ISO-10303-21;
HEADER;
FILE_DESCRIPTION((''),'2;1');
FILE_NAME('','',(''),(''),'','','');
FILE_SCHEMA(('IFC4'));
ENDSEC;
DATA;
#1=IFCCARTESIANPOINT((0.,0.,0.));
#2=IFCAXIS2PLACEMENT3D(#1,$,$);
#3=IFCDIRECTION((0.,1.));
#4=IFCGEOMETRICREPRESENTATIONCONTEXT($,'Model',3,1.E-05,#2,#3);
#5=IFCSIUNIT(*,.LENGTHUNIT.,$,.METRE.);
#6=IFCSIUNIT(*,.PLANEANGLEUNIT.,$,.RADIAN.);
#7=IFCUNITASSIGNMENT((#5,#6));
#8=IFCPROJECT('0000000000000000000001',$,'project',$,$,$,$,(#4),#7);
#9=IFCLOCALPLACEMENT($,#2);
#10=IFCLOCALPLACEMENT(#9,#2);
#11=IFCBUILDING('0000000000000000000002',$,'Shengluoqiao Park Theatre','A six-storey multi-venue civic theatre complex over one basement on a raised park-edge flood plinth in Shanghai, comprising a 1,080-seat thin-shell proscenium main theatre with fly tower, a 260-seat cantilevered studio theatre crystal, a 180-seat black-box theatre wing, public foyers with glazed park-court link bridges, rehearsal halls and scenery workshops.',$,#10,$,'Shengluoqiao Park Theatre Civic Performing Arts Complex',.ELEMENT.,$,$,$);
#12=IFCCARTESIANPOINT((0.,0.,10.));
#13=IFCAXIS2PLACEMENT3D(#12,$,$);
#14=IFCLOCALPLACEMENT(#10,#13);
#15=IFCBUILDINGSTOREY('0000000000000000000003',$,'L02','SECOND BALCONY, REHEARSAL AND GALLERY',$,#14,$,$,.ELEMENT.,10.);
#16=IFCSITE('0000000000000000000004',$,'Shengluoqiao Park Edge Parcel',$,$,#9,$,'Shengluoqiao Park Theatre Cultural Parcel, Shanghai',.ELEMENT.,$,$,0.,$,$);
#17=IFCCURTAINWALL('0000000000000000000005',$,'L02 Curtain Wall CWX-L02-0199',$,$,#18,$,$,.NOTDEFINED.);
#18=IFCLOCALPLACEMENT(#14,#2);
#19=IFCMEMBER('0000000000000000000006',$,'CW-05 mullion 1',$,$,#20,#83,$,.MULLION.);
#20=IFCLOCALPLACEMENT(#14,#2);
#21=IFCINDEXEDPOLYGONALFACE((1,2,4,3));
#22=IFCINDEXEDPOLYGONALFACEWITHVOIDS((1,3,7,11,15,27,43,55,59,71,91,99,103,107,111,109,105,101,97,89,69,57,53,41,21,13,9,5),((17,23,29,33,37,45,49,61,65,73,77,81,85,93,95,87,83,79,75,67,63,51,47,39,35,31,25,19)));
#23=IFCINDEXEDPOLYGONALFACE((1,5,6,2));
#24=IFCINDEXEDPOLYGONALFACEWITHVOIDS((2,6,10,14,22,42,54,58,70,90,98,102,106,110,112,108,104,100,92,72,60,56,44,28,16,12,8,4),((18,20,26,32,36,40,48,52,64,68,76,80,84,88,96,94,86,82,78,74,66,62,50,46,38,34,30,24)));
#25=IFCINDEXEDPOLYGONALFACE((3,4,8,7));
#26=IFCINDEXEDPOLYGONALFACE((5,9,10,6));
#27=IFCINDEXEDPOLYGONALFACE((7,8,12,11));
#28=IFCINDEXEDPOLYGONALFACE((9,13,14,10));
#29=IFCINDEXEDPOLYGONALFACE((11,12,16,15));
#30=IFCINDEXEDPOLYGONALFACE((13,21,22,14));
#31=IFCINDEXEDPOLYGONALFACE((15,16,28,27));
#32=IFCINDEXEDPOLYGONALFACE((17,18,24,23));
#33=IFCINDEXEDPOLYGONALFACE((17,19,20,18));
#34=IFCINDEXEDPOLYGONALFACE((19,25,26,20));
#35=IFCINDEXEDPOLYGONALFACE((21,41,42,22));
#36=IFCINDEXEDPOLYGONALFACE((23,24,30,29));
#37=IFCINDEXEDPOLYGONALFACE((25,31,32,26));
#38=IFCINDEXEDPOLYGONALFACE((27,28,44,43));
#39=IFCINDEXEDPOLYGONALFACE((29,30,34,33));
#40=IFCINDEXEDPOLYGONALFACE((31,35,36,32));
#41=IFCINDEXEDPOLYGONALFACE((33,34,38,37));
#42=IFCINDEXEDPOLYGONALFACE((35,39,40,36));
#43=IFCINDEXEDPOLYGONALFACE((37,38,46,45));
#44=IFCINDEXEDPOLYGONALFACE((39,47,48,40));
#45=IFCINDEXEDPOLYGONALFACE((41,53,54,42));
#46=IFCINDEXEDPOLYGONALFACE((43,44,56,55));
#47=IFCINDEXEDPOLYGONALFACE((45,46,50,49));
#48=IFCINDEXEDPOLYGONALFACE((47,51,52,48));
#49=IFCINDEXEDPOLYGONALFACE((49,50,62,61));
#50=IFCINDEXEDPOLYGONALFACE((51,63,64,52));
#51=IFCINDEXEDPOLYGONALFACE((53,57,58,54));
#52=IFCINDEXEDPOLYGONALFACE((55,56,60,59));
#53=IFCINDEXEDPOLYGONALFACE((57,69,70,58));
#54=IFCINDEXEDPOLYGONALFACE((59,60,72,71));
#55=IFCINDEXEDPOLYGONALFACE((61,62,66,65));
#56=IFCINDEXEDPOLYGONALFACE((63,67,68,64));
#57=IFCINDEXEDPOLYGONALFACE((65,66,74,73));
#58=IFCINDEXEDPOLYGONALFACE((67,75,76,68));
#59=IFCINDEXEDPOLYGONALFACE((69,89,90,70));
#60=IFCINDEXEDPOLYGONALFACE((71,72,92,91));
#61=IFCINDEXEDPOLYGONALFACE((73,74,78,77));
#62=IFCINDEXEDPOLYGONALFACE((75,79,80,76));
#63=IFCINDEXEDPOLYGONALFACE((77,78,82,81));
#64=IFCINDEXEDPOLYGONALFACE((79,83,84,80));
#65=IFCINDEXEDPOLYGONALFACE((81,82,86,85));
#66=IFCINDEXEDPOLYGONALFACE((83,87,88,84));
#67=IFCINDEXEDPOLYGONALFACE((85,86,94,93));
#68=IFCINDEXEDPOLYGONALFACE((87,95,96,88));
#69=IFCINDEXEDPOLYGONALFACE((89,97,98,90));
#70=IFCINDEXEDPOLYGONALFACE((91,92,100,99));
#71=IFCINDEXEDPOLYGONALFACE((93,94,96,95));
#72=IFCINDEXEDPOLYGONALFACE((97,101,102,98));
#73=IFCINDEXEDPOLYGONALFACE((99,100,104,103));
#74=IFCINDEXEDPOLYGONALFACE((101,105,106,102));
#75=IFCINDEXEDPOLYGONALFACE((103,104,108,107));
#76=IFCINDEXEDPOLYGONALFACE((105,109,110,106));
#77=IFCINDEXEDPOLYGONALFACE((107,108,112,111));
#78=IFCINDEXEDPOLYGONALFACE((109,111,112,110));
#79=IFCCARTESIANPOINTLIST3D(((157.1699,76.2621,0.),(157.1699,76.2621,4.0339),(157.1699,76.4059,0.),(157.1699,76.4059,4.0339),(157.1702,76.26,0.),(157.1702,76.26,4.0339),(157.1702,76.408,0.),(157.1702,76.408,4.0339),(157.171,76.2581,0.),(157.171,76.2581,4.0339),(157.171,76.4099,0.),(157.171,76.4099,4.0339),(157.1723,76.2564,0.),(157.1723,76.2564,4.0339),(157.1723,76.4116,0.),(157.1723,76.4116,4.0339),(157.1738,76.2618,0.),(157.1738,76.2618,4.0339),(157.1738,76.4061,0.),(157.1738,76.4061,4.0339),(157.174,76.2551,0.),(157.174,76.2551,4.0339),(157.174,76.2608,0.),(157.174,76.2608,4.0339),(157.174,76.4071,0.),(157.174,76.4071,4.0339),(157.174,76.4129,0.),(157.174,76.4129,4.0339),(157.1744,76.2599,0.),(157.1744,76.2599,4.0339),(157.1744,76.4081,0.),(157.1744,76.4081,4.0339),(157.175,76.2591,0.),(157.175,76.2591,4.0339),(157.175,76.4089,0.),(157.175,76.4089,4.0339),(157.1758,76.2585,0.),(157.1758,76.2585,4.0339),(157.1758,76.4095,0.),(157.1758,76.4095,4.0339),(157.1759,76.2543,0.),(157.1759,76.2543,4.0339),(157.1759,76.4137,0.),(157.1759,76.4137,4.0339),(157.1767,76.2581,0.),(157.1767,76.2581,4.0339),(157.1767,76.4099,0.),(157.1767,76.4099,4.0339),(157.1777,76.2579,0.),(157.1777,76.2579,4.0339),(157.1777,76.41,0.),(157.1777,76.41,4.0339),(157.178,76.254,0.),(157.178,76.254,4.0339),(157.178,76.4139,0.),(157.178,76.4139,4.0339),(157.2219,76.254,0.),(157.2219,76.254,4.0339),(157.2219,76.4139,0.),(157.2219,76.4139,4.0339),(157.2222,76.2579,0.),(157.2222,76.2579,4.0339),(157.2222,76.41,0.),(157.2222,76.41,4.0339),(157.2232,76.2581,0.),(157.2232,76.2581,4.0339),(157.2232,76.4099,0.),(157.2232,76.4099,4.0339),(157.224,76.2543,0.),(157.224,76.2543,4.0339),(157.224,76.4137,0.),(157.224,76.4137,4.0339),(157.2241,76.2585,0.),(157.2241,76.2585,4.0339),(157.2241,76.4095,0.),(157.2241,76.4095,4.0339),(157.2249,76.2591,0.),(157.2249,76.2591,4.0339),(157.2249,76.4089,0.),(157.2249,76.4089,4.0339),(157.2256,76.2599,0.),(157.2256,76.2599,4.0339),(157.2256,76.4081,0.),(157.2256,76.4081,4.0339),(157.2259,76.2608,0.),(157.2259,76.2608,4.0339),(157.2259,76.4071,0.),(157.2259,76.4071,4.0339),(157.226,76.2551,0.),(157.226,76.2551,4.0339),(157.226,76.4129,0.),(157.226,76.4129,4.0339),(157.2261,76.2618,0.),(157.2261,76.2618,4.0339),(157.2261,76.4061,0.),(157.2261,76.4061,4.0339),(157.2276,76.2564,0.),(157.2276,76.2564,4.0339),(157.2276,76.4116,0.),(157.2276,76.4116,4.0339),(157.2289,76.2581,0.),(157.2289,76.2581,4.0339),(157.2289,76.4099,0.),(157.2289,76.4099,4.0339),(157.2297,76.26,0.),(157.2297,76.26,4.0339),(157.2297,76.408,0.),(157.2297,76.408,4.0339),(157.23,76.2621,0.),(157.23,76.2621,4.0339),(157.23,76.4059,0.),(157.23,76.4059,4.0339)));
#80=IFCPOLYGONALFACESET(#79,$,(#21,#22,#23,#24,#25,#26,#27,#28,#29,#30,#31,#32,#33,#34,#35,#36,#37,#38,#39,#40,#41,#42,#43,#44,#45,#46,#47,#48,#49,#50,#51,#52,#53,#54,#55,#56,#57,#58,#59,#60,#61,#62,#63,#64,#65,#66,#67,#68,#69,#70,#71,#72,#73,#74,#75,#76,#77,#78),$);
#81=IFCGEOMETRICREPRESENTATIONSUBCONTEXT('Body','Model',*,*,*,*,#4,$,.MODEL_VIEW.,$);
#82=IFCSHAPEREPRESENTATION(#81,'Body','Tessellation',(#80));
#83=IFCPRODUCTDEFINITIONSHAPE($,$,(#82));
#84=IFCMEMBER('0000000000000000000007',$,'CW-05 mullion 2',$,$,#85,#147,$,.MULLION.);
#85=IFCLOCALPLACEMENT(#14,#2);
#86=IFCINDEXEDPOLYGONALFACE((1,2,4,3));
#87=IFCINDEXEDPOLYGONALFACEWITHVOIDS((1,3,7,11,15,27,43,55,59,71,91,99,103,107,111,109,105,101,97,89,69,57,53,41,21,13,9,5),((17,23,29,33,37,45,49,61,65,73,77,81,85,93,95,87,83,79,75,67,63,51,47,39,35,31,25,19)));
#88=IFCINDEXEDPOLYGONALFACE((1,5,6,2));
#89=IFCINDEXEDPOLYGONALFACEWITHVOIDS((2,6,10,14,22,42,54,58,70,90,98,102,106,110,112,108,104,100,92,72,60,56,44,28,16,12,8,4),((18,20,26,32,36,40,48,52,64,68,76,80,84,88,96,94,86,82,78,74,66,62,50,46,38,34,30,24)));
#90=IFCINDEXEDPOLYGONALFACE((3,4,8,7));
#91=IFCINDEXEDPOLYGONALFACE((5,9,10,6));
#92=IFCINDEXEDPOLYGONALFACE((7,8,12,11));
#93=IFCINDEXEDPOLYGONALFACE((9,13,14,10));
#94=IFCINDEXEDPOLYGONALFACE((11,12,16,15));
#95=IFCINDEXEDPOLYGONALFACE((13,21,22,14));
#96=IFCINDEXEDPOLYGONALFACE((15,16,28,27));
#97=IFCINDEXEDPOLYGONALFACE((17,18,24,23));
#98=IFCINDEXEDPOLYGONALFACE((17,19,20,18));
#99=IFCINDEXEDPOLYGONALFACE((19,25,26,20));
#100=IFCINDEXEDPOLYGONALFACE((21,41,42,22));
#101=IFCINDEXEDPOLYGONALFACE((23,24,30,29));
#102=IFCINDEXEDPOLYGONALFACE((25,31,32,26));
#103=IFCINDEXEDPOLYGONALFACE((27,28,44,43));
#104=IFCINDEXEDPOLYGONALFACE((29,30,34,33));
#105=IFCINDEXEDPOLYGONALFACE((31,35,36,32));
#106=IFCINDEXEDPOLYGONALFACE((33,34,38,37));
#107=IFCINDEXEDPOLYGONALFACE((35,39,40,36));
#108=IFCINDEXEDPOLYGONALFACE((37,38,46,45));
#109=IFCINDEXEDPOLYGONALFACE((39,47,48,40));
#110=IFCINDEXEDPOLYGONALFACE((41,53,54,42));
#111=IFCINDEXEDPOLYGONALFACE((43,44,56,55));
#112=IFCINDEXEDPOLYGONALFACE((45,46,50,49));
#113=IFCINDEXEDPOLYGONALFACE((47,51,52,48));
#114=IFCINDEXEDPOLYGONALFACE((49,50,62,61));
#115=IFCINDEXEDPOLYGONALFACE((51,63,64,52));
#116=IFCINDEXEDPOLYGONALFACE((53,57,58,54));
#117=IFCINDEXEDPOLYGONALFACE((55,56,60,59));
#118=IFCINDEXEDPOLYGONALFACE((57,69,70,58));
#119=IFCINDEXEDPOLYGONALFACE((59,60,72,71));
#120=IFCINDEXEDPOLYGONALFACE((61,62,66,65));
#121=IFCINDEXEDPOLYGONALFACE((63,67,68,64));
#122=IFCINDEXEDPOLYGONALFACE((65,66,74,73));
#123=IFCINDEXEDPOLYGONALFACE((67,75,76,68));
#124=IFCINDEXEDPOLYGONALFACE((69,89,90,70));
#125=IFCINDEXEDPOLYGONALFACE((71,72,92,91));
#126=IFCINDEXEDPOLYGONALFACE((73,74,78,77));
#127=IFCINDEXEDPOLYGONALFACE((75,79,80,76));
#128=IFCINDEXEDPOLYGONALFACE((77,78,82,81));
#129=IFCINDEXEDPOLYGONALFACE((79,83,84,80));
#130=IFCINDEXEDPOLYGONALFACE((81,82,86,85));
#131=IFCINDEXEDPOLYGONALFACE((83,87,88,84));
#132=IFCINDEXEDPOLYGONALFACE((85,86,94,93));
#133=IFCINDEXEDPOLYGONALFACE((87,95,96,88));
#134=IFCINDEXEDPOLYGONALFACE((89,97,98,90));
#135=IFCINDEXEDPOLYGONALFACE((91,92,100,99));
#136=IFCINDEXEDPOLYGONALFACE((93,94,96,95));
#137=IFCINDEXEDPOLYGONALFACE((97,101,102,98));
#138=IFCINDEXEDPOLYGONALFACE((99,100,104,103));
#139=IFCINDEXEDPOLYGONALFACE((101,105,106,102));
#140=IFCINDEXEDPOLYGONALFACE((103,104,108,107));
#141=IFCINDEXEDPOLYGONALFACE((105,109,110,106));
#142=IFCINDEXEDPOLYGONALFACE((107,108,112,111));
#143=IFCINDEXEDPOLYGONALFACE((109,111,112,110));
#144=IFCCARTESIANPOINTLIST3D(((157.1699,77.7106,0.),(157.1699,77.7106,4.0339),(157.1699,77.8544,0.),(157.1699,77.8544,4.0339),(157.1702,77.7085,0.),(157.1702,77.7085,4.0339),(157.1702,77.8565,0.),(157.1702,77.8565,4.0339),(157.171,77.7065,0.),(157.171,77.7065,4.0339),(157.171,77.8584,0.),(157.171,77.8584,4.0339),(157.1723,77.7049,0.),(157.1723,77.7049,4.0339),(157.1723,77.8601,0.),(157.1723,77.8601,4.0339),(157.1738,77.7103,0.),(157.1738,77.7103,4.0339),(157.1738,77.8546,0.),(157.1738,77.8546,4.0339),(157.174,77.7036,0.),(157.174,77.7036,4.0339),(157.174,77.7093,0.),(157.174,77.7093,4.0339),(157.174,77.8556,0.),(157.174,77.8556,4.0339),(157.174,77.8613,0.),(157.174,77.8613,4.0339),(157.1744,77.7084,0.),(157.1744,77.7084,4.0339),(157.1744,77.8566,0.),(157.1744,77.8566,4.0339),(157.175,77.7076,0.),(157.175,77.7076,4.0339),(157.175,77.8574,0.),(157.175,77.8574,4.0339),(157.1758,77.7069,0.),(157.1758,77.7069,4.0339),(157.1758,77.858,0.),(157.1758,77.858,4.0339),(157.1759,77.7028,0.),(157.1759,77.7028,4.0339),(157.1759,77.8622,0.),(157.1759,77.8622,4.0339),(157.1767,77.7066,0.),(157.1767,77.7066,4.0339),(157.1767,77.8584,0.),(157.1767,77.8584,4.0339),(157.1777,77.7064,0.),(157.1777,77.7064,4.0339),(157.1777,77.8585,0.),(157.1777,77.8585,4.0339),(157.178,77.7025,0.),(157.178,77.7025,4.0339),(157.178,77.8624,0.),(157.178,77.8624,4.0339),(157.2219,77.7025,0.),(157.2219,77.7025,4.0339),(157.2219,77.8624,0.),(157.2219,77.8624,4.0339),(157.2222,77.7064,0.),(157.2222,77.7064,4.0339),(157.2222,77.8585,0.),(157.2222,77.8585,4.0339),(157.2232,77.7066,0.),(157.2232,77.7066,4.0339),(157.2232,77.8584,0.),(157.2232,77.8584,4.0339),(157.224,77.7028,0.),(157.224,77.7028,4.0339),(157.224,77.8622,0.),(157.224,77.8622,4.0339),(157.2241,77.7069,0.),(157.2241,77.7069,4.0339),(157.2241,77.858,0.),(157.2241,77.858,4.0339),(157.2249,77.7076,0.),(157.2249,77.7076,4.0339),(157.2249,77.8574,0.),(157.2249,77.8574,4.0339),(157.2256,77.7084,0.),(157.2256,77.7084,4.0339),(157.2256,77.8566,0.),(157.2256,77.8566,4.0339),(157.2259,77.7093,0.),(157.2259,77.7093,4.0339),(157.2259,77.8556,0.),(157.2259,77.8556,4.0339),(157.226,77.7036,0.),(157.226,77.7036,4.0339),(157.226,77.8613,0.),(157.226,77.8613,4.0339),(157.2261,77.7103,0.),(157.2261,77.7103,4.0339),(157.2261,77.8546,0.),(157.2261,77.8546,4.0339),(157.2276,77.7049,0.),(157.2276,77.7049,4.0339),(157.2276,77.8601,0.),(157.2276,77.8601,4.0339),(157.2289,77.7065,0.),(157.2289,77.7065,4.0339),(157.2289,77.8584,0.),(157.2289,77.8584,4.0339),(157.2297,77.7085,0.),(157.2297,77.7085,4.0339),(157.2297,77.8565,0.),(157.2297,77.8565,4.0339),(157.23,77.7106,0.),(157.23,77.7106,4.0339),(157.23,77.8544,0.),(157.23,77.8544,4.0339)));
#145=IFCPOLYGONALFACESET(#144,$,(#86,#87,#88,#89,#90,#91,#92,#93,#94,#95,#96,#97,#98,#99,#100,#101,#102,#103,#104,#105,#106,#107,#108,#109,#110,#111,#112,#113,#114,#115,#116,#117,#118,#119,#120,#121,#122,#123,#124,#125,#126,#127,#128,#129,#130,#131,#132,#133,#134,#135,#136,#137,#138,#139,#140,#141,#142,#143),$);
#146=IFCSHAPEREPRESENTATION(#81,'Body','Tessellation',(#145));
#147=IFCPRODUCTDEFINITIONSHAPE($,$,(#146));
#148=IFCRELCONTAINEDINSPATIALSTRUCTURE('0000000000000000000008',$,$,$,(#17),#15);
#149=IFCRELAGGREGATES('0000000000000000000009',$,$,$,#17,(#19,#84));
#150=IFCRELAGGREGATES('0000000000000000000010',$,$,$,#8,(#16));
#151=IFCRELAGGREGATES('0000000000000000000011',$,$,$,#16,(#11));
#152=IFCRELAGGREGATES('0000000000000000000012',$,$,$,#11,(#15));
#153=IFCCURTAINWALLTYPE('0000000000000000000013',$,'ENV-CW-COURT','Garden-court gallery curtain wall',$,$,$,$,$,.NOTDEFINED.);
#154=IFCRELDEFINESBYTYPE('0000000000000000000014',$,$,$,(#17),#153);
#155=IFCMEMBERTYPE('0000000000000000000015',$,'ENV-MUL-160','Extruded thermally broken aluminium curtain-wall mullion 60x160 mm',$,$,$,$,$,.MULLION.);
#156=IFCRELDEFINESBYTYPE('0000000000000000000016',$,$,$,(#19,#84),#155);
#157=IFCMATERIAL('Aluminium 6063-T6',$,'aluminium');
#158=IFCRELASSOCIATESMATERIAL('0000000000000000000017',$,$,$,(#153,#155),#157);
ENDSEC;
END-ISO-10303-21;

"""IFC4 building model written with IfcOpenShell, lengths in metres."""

from ifc_helpers import new_model, si_unit, direction, frame, origin, origin_2d, place, context, subcontext, project, spatial, hollow_rectangle, extrude, material, material_profile, profile_set, type_object, element, aggregate, save


model = new_model("IFC4")

# Units and contexts
model_context = context("Model", 3, precision=1e-05, world=origin(), true_north=direction((0.0, 1.0)))
body_context = subcontext(model_context, "Body", "Model", "MODEL_VIEW")
ifc_project = project(units=[si_unit("LENGTHUNIT", "METRE"), si_unit("PLANEANGLEUNIT", "RADIAN")], contexts=[model_context])

# Site, building, storey
site_placement = place(None, origin())
site = spatial("IfcSite", under=ifc_project, at=site_placement, Name="Shengluoqiao Park Edge Parcel", LongName="Shengluoqiao Park Theatre Cultural Parcel, Shanghai", CompositionType="ELEMENT", RefElevation=0.0)
building_placement = place(site_placement, origin())
building = spatial("IfcBuilding", under=site, at=building_placement, Name="Shengluoqiao Park Theatre", Description="A six-storey multi-venue civic theatre complex over one basement on a raised park-edge flood plinth in Shanghai, comprising a 1,080-seat thin-shell proscenium main theatre with fly tower, a 260-seat cantilevered studio theatre crystal, a 180-seat black-box theatre wing, public foyers with glazed park-court link bridges, rehearsal halls and scenery workshops.", LongName="Shengluoqiao Park Theatre Civic Performing Arts Complex", CompositionType="ELEMENT")
storey_placement = place(building_placement, frame((0.0, 0.0, 10.0)))
storey = spatial("IfcBuildingStorey", under=building, at=storey_placement, Name="L02", Description="SECOND BALCONY, REHEARSAL AND GALLERY", CompositionType="ELEMENT", Elevation=10.0)

# Curtain wall, members
ifc_material_1 = material(Name="Aluminium 6063-T6", Category="aluminium")
curtain_wall_type = type_object("IfcCurtainWallType", Name="ENV-CW-COURT", Description="Garden-court gallery curtain wall", PredefinedType="NOTDEFINED", material=ifc_material_1)
curtain_wall_placement = place(storey_placement, origin())
curtain_wall = element("IfcCurtainWall", 1, at=curtain_wall_placement, inside=storey, type_object=curtain_wall_type, Name="L02 Curtain Wall CWX-L02-0199", PredefinedType="NOTDEFINED")
ifc_material_profile_1 = material_profile(ifc_material_1, hollow_rectangle(XDim=0.0601, YDim=0.1599, WallThickness=0.0039, InnerFilletRadius=0.0039, OuterFilletRadius=0.0081, at=origin_2d()), Name="ALU MULLION 160x60x4")
ifc_profile_set_1 = profile_set([ifc_material_profile_1], Name="Aluminium 6063-T6")
member_type_1 = type_object("IfcMemberType", Name="ENV-MUL-160", Description="Extruded thermally broken aluminium curtain-wall mullion 60x160 mm", PredefinedType="MULLION", material=ifc_profile_set_1)
member_1_placement = place(storey_placement, frame((157.2, 76.334, 0.0), z_axis=(0.0, 0.0, 1.0), x_axis=(-1.0, 0.0, 0.0)))
member_1 = element("IfcMember", 2, at=member_1_placement, type_object=member_type_1, Name="CW-05 mullion 1", PredefinedType="MULLION", context=body_context, shape_type="SweptSolid", body=[
    extrude(hollow_rectangle(XDim=0.0601, YDim=0.1599, WallThickness=0.0039, InnerFilletRadius=0.0039, OuterFilletRadius=0.0081, at=origin_2d()), origin(), (0.0, 0.0, 1.0), 4.0339),
])
member_2_placement = place(storey_placement, frame((157.2, 77.7825, 0.0), z_axis=(0.0, 0.0, 1.0), x_axis=(-1.0, 0.0, 0.0)))
member_2 = element("IfcMember", 3, at=member_2_placement, type_object=member_type_1, Name="CW-05 mullion 2", PredefinedType="MULLION", context=body_context, shape_type="SweptSolid", body=[
    extrude(hollow_rectangle(XDim=0.0601, YDim=0.1599, WallThickness=0.0039, InnerFilletRadius=0.0039, OuterFilletRadius=0.0081, at=origin_2d()), origin(), (0.0, 0.0, 1.0), 4.0339),
])

aggregate(curtain_wall, [member_1, member_2])

save(model, "model.ifc")
